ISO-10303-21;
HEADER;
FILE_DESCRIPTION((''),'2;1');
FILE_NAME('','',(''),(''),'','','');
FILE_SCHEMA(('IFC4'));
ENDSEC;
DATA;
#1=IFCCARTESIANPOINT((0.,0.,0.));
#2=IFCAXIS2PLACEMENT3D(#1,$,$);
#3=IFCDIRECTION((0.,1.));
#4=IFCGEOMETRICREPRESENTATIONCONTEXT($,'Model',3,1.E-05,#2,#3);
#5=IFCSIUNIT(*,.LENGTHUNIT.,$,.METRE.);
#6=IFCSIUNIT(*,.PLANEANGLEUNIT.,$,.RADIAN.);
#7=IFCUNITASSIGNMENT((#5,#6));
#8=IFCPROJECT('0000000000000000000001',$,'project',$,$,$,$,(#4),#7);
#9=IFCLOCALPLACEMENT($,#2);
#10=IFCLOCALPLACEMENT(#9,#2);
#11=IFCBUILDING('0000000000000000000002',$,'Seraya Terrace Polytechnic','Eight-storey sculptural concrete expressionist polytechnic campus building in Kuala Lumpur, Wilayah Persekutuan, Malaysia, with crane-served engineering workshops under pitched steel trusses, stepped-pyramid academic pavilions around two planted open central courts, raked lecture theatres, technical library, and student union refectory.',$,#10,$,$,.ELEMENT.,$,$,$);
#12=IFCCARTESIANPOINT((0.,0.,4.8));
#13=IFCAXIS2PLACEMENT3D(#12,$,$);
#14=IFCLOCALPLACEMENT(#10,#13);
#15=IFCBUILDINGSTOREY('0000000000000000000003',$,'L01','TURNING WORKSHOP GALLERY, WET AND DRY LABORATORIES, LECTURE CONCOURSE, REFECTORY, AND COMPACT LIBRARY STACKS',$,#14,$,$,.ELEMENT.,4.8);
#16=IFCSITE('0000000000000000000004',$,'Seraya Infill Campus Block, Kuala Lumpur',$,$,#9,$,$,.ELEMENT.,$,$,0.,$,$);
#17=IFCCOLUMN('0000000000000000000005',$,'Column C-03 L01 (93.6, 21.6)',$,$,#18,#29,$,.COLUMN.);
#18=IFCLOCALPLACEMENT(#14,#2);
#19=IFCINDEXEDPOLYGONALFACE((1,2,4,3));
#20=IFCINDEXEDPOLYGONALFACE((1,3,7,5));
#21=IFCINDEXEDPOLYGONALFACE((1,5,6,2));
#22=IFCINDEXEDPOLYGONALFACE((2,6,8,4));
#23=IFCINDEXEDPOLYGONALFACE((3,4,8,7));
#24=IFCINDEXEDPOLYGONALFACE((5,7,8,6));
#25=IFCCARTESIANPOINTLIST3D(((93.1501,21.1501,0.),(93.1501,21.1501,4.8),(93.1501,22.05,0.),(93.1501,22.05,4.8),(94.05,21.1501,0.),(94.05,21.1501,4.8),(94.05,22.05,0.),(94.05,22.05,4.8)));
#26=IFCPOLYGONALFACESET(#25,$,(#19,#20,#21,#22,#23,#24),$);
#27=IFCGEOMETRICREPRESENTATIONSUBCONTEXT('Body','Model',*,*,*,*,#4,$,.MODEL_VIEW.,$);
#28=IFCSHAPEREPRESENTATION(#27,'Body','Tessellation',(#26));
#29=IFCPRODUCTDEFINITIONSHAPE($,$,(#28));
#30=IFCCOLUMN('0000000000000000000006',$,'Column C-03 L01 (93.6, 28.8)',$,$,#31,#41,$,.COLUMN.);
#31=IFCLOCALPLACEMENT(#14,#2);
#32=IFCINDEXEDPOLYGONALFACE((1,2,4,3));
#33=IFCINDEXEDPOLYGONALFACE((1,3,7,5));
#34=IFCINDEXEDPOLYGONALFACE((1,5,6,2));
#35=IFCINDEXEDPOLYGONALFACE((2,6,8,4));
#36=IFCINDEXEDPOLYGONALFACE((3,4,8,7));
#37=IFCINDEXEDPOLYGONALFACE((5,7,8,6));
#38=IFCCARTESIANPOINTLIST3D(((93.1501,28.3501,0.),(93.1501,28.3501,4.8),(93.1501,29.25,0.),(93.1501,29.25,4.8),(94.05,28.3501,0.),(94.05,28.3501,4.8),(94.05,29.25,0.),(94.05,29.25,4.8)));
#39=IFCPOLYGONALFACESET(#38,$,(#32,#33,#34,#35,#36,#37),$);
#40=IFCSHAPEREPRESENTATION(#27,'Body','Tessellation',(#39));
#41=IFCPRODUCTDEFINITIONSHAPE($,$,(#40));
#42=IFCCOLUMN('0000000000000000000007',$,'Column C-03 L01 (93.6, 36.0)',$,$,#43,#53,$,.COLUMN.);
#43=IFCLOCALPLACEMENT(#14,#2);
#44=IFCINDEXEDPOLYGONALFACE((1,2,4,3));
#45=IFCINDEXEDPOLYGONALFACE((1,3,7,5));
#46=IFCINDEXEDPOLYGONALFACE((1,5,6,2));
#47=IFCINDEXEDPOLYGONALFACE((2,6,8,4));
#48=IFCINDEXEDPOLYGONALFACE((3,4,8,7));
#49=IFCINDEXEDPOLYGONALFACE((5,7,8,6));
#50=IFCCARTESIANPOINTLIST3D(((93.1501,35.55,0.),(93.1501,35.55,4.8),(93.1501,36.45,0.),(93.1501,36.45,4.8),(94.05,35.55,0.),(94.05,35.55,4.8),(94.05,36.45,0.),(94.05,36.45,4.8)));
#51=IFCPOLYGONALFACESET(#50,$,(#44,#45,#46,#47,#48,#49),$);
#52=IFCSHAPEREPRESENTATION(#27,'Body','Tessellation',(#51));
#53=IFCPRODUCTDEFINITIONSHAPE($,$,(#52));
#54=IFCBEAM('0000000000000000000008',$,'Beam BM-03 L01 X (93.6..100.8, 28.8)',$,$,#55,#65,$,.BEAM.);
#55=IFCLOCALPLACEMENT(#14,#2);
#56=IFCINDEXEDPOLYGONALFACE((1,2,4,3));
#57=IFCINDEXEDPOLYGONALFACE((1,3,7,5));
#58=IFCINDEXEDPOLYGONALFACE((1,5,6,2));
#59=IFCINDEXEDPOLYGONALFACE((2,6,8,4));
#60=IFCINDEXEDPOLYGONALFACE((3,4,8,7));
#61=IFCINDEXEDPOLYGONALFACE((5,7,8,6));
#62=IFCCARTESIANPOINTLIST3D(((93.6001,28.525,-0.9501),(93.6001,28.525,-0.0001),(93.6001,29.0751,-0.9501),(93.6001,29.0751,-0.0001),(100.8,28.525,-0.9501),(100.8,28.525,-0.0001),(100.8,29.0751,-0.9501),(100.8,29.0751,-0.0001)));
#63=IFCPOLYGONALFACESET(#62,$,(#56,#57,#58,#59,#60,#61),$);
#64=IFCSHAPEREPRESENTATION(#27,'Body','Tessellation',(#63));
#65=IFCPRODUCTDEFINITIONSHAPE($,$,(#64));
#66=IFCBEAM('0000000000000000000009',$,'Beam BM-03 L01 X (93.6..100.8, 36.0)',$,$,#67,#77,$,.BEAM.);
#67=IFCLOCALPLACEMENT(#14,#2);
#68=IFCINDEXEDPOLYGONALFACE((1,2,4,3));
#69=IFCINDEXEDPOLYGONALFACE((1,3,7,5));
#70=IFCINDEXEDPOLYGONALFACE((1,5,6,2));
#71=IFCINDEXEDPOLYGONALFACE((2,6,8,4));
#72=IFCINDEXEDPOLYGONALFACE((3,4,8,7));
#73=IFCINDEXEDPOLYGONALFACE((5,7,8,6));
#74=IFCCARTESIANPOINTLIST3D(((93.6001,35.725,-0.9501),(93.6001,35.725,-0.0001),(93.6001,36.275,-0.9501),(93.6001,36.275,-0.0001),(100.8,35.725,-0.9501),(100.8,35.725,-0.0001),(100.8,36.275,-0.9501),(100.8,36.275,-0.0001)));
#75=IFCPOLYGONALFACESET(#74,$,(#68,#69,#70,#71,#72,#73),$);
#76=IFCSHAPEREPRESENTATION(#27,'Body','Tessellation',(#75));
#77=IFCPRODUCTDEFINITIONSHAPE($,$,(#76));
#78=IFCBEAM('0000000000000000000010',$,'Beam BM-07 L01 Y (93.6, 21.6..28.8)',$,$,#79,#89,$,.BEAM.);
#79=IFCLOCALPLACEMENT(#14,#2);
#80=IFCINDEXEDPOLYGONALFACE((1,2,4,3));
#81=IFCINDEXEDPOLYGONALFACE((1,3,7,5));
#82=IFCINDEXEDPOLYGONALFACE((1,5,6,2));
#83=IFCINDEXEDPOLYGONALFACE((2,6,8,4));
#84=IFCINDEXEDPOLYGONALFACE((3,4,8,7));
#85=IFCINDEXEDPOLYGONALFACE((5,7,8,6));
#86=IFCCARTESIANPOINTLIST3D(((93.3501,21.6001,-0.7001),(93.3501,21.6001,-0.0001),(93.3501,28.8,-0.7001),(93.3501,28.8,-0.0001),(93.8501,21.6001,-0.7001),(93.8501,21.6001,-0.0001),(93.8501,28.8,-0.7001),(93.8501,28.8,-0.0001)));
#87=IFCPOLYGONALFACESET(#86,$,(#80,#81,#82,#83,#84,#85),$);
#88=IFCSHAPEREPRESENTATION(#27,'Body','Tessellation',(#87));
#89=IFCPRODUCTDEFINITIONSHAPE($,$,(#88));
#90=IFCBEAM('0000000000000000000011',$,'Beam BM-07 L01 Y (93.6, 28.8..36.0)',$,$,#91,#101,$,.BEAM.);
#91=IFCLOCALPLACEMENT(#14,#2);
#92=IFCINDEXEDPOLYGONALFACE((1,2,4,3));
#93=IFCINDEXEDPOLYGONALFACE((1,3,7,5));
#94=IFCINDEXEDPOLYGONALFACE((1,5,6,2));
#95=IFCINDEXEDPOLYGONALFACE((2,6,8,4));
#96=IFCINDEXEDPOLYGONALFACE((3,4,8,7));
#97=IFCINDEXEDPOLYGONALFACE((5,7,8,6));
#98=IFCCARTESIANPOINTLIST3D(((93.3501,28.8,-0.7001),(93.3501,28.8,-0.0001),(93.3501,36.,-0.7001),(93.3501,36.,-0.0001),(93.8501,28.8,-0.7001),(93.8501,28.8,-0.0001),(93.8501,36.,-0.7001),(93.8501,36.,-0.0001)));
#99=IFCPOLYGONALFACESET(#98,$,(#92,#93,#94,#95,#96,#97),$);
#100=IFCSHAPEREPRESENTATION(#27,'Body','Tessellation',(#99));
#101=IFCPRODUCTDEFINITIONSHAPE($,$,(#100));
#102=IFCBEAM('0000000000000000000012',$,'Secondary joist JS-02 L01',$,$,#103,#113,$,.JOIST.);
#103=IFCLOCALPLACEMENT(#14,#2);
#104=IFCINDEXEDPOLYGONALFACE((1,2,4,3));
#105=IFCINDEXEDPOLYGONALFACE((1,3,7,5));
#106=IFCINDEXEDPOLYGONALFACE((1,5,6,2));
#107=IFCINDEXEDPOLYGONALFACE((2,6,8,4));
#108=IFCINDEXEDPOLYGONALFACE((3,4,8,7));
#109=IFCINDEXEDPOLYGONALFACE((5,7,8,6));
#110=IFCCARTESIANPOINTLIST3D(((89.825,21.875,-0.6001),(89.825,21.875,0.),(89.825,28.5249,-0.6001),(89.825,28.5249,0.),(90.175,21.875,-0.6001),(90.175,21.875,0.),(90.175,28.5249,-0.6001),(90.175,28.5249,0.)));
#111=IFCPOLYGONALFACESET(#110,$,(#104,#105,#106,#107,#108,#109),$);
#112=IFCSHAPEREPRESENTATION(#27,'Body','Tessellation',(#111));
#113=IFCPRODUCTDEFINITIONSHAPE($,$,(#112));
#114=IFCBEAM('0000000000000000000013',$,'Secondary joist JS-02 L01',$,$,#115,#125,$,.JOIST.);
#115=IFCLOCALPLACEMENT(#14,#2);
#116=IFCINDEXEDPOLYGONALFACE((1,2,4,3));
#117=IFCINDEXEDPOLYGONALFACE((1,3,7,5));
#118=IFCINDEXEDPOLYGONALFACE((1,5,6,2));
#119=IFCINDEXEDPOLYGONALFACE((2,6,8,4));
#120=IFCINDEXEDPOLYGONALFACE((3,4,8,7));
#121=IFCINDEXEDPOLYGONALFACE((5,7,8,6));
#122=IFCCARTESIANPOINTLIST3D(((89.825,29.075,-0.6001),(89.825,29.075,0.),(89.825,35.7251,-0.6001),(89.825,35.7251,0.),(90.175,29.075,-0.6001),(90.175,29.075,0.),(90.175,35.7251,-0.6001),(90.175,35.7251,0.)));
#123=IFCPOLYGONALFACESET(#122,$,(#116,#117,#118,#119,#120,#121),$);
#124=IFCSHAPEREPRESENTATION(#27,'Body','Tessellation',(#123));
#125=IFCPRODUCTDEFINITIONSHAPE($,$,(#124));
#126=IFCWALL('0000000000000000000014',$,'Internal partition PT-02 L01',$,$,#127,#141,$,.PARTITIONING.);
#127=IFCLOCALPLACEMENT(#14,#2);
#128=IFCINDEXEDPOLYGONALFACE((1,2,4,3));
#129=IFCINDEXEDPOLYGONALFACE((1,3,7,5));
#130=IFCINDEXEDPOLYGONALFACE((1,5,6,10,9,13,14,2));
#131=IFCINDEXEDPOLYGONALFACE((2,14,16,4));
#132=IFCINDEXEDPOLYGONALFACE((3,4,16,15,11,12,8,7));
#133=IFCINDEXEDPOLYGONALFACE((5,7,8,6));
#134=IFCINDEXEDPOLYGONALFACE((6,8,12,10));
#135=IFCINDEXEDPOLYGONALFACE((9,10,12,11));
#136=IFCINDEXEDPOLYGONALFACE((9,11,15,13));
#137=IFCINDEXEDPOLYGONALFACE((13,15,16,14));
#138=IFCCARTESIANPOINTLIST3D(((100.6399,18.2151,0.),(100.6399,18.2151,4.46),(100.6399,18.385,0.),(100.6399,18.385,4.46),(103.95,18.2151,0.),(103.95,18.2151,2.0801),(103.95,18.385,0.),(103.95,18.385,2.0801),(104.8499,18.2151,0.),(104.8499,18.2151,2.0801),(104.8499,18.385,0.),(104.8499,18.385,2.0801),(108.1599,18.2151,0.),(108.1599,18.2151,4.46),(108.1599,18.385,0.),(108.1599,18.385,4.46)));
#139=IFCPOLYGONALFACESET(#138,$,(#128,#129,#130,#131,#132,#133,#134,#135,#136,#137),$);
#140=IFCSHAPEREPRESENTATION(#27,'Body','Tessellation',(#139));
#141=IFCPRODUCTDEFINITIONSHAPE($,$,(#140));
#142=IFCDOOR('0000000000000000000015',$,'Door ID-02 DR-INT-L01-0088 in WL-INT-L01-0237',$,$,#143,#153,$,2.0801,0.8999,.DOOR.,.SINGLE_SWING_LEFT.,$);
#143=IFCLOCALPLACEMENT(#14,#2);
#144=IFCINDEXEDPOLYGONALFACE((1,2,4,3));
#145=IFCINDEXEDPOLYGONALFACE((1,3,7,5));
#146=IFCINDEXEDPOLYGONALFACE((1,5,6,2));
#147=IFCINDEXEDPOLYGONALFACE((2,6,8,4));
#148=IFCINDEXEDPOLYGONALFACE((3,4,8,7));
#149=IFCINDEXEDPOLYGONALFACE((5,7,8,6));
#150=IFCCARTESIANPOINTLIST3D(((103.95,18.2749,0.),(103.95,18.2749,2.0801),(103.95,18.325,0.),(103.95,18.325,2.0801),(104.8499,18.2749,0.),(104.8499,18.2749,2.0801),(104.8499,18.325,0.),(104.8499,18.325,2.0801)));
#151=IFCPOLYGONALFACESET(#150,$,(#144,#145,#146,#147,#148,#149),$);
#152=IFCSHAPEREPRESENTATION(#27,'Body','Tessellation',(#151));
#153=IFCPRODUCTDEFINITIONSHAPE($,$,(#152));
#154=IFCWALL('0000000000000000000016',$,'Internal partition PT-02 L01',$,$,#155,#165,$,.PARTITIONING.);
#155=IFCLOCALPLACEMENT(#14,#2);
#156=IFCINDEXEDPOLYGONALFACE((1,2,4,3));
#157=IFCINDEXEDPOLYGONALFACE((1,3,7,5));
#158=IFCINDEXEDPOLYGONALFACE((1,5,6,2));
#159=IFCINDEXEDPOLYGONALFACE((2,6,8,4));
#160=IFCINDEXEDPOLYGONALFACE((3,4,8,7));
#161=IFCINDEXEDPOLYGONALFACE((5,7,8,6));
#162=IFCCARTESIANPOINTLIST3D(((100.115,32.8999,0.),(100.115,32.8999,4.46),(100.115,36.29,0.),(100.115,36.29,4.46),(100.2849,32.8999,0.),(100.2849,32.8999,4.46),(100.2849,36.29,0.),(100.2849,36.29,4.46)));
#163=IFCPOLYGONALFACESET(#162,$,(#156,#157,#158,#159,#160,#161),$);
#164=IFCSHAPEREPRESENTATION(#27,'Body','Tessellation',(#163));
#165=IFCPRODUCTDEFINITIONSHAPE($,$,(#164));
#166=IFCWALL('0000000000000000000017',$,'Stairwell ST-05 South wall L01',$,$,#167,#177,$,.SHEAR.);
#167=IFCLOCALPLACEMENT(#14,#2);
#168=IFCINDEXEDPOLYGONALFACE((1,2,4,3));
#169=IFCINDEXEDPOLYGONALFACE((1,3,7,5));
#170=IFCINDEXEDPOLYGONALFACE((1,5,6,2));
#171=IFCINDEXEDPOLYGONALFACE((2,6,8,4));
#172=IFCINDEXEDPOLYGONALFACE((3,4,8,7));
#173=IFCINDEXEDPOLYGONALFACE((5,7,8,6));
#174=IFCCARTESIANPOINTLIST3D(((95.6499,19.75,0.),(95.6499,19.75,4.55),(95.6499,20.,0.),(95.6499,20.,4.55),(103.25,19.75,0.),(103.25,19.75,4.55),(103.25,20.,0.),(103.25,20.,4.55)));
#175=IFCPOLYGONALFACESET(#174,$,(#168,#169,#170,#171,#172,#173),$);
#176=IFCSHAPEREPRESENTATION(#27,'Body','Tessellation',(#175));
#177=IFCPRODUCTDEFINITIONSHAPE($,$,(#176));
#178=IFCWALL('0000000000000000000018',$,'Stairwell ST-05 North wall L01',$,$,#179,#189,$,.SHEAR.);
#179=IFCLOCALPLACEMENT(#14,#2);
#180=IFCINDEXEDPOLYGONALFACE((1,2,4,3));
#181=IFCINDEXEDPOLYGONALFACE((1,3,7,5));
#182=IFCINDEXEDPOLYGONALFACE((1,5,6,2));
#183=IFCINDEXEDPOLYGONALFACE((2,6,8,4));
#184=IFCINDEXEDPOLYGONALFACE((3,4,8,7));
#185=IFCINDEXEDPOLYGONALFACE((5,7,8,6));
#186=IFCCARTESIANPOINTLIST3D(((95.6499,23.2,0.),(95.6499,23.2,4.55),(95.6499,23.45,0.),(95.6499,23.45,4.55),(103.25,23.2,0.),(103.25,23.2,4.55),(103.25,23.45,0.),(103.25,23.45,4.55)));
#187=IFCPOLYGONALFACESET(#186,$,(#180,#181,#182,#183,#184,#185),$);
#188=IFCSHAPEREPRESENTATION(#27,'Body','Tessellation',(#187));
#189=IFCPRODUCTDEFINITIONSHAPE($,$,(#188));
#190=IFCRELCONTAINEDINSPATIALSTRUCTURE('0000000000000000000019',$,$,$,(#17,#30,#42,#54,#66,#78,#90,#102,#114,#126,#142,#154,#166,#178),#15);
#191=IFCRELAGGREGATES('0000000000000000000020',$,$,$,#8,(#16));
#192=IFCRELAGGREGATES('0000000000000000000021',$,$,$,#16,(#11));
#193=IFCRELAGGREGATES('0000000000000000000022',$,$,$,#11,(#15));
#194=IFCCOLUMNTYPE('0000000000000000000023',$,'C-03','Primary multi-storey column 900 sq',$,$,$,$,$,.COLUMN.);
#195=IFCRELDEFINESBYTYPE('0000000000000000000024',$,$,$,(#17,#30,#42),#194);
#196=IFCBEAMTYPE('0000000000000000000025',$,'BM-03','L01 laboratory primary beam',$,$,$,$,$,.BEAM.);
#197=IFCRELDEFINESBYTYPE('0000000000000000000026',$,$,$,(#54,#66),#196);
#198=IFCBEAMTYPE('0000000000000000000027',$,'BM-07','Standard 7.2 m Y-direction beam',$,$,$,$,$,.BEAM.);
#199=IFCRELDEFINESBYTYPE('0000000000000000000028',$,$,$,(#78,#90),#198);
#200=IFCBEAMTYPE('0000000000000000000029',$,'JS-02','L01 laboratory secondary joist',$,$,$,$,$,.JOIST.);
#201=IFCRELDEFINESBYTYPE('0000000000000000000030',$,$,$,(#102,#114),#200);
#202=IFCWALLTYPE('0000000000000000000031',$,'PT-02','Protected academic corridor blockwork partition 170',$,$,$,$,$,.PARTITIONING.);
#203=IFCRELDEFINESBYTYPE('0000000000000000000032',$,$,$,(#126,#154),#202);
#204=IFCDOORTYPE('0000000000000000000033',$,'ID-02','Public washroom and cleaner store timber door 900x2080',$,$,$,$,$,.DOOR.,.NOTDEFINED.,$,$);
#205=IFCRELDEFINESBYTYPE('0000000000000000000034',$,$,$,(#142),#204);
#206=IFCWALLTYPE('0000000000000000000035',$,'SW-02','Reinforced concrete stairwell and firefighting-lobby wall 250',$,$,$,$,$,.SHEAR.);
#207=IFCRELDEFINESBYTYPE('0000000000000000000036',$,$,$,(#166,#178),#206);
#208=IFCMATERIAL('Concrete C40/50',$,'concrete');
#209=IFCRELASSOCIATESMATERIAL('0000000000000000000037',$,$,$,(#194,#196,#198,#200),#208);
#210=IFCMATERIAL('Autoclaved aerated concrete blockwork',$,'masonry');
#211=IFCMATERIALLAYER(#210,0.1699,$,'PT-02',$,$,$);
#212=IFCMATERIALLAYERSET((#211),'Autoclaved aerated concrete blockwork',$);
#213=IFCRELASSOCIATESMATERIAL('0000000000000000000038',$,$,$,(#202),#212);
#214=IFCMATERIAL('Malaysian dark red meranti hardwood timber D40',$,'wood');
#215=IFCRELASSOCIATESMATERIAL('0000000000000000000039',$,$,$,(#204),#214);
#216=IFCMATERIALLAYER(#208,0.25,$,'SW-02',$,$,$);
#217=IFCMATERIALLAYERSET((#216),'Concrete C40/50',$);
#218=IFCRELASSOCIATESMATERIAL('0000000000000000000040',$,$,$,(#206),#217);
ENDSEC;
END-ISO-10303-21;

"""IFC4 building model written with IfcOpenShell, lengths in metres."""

from ifc_helpers import new_model, si_unit, direction, frame, frame_2d, origin, origin_2d, place, context, subcontext, project, spatial, rectangle, extrude, material, layer, layer_set, material_profile, profile_set, type_object, element, fill, save


model = new_model("IFC4")

# Units and contexts
model_context = context("Model", 3, precision=1e-05, world=origin(), true_north=direction((0.0, 1.0)))
body_context = subcontext(model_context, "Body", "Model", "MODEL_VIEW")
ifc_project = project(units=[si_unit("LENGTHUNIT", "METRE"), si_unit("PLANEANGLEUNIT", "RADIAN")], contexts=[model_context])

# Site, building, storey
site_placement = place(None, origin())
site = spatial("IfcSite", under=ifc_project, at=site_placement, Name="Seraya Infill Campus Block, Kuala Lumpur", CompositionType="ELEMENT", RefElevation=0.0)
building_placement = place(site_placement, origin())
building = spatial("IfcBuilding", under=site, at=building_placement, Name="Seraya Terrace Polytechnic", Description="Eight-storey sculptural concrete expressionist polytechnic campus building in Kuala Lumpur, Wilayah Persekutuan, Malaysia, with crane-served engineering workshops under pitched steel trusses, stepped-pyramid academic pavilions around two planted open central courts, raked lecture theatres, technical library, and student union refectory.", CompositionType="ELEMENT")
storey_placement = place(building_placement, frame((0.0, 0.0, 4.8)))
storey = spatial("IfcBuildingStorey", under=building, at=storey_placement, Name="L01", Description="TURNING WORKSHOP GALLERY, WET AND DRY LABORATORIES, LECTURE CONCOURSE, REFECTORY, AND COMPACT LIBRARY STACKS", CompositionType="ELEMENT", Elevation=4.8)

# Columns
ifc_material_1 = material(Name="Concrete C40/50", Category="concrete")
ifc_material_profile_1 = material_profile(ifc_material_1, rectangle(XDim=0.8999, YDim=0.8999, at=origin_2d()), Name="RC 900x900")
ifc_profile_set_1 = profile_set([ifc_material_profile_1], Name="Concrete C40/50")
column_type = type_object("IfcColumnType", Name="C-03", Description="Primary multi-storey column 900 sq", PredefinedType="COLUMN", material=ifc_profile_set_1)
for number, where, z_axis, x_axis, name in (
    (1, (93.6001, 21.6001, 0.0), (0.0, 0.0, 1.0), (1.0, 0.0, 0.0), "Column C-03 L01 (93.6, 21.6)"),
    (2, (93.6001, 28.8, 0.0), (0.0, 0.0, 1.0), (1.0, 0.0, 0.0), "Column C-03 L01 (93.6, 28.8)"),
    (3, (93.6001, 36.0, 0.0), (0.0, 0.0, 1.0), (1.0, 0.0, 0.0), "Column C-03 L01 (93.6, 36.0)"),
):
    element("IfcColumn", number, at=place(storey_placement, frame(where, z_axis=z_axis, x_axis=x_axis)), inside=storey, type_object=column_type, Name=name, PredefinedType="COLUMN", context=body_context, shape_type="SweptSolid", body=[
        extrude(rectangle(XDim=0.8999, YDim=0.8999, at=origin_2d()), origin(), (0.0, 0.0, 1.0), 4.8),
    ])

# Beams
ifc_material_profile_2 = material_profile(ifc_material_1, rectangle(XDim=0.55, YDim=0.95, at=origin_2d()), Name="RC 550x950")
ifc_profile_set_2 = profile_set([ifc_material_profile_2], Name="Concrete C40/50")
beam_type_1 = type_object("IfcBeamType", Name="BM-03", Description="L01 laboratory primary beam", PredefinedType="BEAM", material=ifc_profile_set_2)
for number, where, z_axis, x_axis, name in (
    (4, (93.6001, 28.8, -0.4751), (1.0, 0.0, 0.0), (0.0, 1.0, 0.0), "Beam BM-03 L01 X (93.6..100.8, 28.8)"),
    (5, (93.6001, 36.0, -0.4751), (1.0, 0.0, 0.0), (0.0, 1.0, 0.0), "Beam BM-03 L01 X (93.6..100.8, 36.0)"),
):
    element("IfcBeam", number, at=place(storey_placement, frame(where, z_axis=z_axis, x_axis=x_axis)), inside=storey, type_object=beam_type_1, Name=name, PredefinedType="BEAM", context=body_context, shape_type="SweptSolid", body=[
        extrude(rectangle(XDim=0.55, YDim=0.95, at=origin_2d()), origin(), (0.0, 0.0, 1.0), 7.2),
    ])
ifc_material_profile_3 = material_profile(ifc_material_1, rectangle(XDim=0.5, YDim=0.7, at=origin_2d()), Name="RC 500x700")
ifc_profile_set_3 = profile_set([ifc_material_profile_3], Name="Concrete C40/50")
beam_type_2 = type_object("IfcBeamType", Name="BM-07", Description="Standard 7.2 m Y-direction beam", PredefinedType="BEAM", material=ifc_profile_set_3)
for number, where, z_axis, x_axis, name in (
    (6, (93.6001, 21.6001, -0.3501), (0.0, 1.0, 0.0), (-1.0, 0.0, 0.0), "Beam BM-07 L01 Y (93.6, 21.6..28.8)"),
    (7, (93.6001, 28.8, -0.3501), (0.0, 1.0, 0.0), (-1.0, 0.0, 0.0), "Beam BM-07 L01 Y (93.6, 28.8..36.0)"),
):
    element("IfcBeam", number, at=place(storey_placement, frame(where, z_axis=z_axis, x_axis=x_axis)), inside=storey, type_object=beam_type_2, Name=name, PredefinedType="BEAM", context=body_context, shape_type="SweptSolid", body=[
        extrude(rectangle(XDim=0.5, YDim=0.7, at=origin_2d()), origin(), (0.0, 0.0, 1.0), 7.2),
    ])
ifc_material_profile_4 = material_profile(ifc_material_1, rectangle(XDim=0.3501, YDim=0.6001, at=origin_2d()), Name="RC 350x600")
ifc_profile_set_4 = profile_set([ifc_material_profile_4], Name="Concrete C40/50")
beam_type_3 = type_object("IfcBeamType", Name="JS-02", Description="L01 laboratory secondary joist", PredefinedType="JOIST", material=ifc_profile_set_4)
beam_1_placement = place(storey_placement, frame((90.0, 21.875, -0.3), z_axis=(0.0, 1.0, 0.0), x_axis=(-1.0, 0.0, 0.0)))
element("IfcBeam", 8, at=beam_1_placement, inside=storey, type_object=beam_type_3, Name="Secondary joist JS-02 L01", PredefinedType="JOIST", context=body_context, shape_type="SweptSolid", body=[
    extrude(rectangle(XDim=0.3501, YDim=0.6001, at=origin_2d()), origin(), (0.0, 0.0, 1.0), 6.6499),
])
beam_2_placement = place(storey_placement, frame((90.0, 29.075, -0.3), z_axis=(0.0, 1.0, 0.0), x_axis=(-1.0, 0.0, 0.0)))
element("IfcBeam", 9, at=beam_2_placement, inside=storey, type_object=beam_type_3, Name="Secondary joist JS-02 L01", PredefinedType="JOIST", context=body_context, shape_type="SweptSolid", body=[
    extrude(rectangle(XDim=0.3501, YDim=0.6001, at=origin_2d()), origin(), (0.0, 0.0, 1.0), 6.6501),
])

# Wall, opening, door
ifc_material_2 = material(Name="Autoclaved aerated concrete blockwork", Category="masonry")
ifc_layer_1 = layer(ifc_material_2, 0.1699, Name="PT-02")
ifc_layer_set_1 = layer_set([ifc_layer_1], Name="Autoclaved aerated concrete blockwork")
wall_type_1 = type_object("IfcWallType", Name="PT-02", Description="Protected academic corridor blockwork partition 170", PredefinedType="PARTITIONING", material=ifc_layer_set_1)
wall_1_placement = place(storey_placement, frame((100.6399, 18.3, 0.0), z_axis=(0.0, 0.0, 1.0), x_axis=(1.0, 0.0, 0.0)))
wall_1 = element("IfcWall", 10, at=wall_1_placement, inside=storey, type_object=wall_type_1, Name="Internal partition PT-02 L01", PredefinedType="PARTITIONING", context=body_context, shape_type="SweptSolid", body=[
    extrude(rectangle(XDim=7.52, YDim=0.1699, at=frame_2d((3.76, 0.0))), origin(), (0.0, 0.0, 1.0), 4.46),
])
opening_1_placement = place(wall_1_placement, frame((3.3101, 0.0, 0.0)))
opening_1 = element("IfcOpeningElement", 11, at=opening_1_placement, cuts=wall_1, PredefinedType="OPENING", context=body_context, shape_type="SweptSolid", body=[
    extrude(rectangle(XDim=0.8999, YDim=2.0801, at=frame_2d((0.45, 1.04))), frame((0.0, 0.0969, 0.0), z_axis=(0.0, -1.0, 0.0), x_axis=(1.0, 0.0, 0.0)), (0.0, 0.0, 1.0), 0.1938),
])
ifc_material_3 = material(Name="Malaysian dark red meranti hardwood timber D40", Category="wood")
door_type_1 = type_object("IfcDoorType", Name="ID-02", Description="Public washroom and cleaner store timber door 900x2080", OperationType="NOTDEFINED", PredefinedType="DOOR", material=ifc_material_3)
door_1_placement = place(opening_1_placement, origin())
door_1 = element("IfcDoor", 12, at=door_1_placement, inside=storey, type_object=door_type_1, Name="Door ID-02 DR-INT-L01-0088 in WL-INT-L01-0237", OperationType="SINGLE_SWING_LEFT", OverallHeight=2.0801, OverallWidth=0.8999, PredefinedType="DOOR", context=body_context, shape_type="SweptSolid", body=[
    extrude(rectangle(XDim=0.8999, YDim=2.0801, at=frame_2d((0.45, 1.04))), frame((0.0, 0.0249, 0.0), z_axis=(0.0, -1.0, 0.0), x_axis=(1.0, 0.0, 0.0)), (0.0, 0.0, 1.0), 0.05),
])
fill(opening_1, door_1)

# Wall
wall_2_placement = place(storey_placement, frame((100.2, 32.8999, 0.0), z_axis=(0.0, 0.0, 1.0), x_axis=(0.0, 1.0, 0.0)))
element("IfcWall", 13, at=wall_2_placement, inside=storey, type_object=wall_type_1, Name="Internal partition PT-02 L01", PredefinedType="PARTITIONING", context=body_context, shape_type="SweptSolid", body=[
    extrude(rectangle(XDim=3.3901, YDim=0.1699, at=frame_2d((1.6951, 0.0))), origin(), (0.0, 0.0, 1.0), 4.46),
])

# Shared definitions
ifc_layer_2 = layer(ifc_material_1, 0.25, Name="SW-02")
ifc_layer_set_2 = layer_set([ifc_layer_2], Name="Concrete C40/50")
wall_type_2 = type_object("IfcWallType", Name="SW-02", Description="Reinforced concrete stairwell and firefighting-lobby wall 250", PredefinedType="SHEAR", material=ifc_layer_set_2)

# Walls
for number, where, z_axis, x_axis, name in (
    (14, (95.6499, 19.875, 0.0), (0.0, 0.0, 1.0), (1.0, 0.0, 0.0), "Stairwell ST-05 South wall L01"),
    (15, (95.6499, 23.325, 0.0), (0.0, 0.0, 1.0), (1.0, 0.0, 0.0), "Stairwell ST-05 North wall L01"),
):
    element("IfcWall", number, at=place(storey_placement, frame(where, z_axis=z_axis, x_axis=x_axis)), inside=storey, type_object=wall_type_2, Name=name, PredefinedType="SHEAR", context=body_context, shape_type="SweptSolid", body=[
        extrude(rectangle(XDim=7.6001, YDim=0.25, at=frame_2d((3.8, 0.0))), origin(), (0.0, 0.0, 1.0), 4.55),
    ])

save(model, "model.ifc")
